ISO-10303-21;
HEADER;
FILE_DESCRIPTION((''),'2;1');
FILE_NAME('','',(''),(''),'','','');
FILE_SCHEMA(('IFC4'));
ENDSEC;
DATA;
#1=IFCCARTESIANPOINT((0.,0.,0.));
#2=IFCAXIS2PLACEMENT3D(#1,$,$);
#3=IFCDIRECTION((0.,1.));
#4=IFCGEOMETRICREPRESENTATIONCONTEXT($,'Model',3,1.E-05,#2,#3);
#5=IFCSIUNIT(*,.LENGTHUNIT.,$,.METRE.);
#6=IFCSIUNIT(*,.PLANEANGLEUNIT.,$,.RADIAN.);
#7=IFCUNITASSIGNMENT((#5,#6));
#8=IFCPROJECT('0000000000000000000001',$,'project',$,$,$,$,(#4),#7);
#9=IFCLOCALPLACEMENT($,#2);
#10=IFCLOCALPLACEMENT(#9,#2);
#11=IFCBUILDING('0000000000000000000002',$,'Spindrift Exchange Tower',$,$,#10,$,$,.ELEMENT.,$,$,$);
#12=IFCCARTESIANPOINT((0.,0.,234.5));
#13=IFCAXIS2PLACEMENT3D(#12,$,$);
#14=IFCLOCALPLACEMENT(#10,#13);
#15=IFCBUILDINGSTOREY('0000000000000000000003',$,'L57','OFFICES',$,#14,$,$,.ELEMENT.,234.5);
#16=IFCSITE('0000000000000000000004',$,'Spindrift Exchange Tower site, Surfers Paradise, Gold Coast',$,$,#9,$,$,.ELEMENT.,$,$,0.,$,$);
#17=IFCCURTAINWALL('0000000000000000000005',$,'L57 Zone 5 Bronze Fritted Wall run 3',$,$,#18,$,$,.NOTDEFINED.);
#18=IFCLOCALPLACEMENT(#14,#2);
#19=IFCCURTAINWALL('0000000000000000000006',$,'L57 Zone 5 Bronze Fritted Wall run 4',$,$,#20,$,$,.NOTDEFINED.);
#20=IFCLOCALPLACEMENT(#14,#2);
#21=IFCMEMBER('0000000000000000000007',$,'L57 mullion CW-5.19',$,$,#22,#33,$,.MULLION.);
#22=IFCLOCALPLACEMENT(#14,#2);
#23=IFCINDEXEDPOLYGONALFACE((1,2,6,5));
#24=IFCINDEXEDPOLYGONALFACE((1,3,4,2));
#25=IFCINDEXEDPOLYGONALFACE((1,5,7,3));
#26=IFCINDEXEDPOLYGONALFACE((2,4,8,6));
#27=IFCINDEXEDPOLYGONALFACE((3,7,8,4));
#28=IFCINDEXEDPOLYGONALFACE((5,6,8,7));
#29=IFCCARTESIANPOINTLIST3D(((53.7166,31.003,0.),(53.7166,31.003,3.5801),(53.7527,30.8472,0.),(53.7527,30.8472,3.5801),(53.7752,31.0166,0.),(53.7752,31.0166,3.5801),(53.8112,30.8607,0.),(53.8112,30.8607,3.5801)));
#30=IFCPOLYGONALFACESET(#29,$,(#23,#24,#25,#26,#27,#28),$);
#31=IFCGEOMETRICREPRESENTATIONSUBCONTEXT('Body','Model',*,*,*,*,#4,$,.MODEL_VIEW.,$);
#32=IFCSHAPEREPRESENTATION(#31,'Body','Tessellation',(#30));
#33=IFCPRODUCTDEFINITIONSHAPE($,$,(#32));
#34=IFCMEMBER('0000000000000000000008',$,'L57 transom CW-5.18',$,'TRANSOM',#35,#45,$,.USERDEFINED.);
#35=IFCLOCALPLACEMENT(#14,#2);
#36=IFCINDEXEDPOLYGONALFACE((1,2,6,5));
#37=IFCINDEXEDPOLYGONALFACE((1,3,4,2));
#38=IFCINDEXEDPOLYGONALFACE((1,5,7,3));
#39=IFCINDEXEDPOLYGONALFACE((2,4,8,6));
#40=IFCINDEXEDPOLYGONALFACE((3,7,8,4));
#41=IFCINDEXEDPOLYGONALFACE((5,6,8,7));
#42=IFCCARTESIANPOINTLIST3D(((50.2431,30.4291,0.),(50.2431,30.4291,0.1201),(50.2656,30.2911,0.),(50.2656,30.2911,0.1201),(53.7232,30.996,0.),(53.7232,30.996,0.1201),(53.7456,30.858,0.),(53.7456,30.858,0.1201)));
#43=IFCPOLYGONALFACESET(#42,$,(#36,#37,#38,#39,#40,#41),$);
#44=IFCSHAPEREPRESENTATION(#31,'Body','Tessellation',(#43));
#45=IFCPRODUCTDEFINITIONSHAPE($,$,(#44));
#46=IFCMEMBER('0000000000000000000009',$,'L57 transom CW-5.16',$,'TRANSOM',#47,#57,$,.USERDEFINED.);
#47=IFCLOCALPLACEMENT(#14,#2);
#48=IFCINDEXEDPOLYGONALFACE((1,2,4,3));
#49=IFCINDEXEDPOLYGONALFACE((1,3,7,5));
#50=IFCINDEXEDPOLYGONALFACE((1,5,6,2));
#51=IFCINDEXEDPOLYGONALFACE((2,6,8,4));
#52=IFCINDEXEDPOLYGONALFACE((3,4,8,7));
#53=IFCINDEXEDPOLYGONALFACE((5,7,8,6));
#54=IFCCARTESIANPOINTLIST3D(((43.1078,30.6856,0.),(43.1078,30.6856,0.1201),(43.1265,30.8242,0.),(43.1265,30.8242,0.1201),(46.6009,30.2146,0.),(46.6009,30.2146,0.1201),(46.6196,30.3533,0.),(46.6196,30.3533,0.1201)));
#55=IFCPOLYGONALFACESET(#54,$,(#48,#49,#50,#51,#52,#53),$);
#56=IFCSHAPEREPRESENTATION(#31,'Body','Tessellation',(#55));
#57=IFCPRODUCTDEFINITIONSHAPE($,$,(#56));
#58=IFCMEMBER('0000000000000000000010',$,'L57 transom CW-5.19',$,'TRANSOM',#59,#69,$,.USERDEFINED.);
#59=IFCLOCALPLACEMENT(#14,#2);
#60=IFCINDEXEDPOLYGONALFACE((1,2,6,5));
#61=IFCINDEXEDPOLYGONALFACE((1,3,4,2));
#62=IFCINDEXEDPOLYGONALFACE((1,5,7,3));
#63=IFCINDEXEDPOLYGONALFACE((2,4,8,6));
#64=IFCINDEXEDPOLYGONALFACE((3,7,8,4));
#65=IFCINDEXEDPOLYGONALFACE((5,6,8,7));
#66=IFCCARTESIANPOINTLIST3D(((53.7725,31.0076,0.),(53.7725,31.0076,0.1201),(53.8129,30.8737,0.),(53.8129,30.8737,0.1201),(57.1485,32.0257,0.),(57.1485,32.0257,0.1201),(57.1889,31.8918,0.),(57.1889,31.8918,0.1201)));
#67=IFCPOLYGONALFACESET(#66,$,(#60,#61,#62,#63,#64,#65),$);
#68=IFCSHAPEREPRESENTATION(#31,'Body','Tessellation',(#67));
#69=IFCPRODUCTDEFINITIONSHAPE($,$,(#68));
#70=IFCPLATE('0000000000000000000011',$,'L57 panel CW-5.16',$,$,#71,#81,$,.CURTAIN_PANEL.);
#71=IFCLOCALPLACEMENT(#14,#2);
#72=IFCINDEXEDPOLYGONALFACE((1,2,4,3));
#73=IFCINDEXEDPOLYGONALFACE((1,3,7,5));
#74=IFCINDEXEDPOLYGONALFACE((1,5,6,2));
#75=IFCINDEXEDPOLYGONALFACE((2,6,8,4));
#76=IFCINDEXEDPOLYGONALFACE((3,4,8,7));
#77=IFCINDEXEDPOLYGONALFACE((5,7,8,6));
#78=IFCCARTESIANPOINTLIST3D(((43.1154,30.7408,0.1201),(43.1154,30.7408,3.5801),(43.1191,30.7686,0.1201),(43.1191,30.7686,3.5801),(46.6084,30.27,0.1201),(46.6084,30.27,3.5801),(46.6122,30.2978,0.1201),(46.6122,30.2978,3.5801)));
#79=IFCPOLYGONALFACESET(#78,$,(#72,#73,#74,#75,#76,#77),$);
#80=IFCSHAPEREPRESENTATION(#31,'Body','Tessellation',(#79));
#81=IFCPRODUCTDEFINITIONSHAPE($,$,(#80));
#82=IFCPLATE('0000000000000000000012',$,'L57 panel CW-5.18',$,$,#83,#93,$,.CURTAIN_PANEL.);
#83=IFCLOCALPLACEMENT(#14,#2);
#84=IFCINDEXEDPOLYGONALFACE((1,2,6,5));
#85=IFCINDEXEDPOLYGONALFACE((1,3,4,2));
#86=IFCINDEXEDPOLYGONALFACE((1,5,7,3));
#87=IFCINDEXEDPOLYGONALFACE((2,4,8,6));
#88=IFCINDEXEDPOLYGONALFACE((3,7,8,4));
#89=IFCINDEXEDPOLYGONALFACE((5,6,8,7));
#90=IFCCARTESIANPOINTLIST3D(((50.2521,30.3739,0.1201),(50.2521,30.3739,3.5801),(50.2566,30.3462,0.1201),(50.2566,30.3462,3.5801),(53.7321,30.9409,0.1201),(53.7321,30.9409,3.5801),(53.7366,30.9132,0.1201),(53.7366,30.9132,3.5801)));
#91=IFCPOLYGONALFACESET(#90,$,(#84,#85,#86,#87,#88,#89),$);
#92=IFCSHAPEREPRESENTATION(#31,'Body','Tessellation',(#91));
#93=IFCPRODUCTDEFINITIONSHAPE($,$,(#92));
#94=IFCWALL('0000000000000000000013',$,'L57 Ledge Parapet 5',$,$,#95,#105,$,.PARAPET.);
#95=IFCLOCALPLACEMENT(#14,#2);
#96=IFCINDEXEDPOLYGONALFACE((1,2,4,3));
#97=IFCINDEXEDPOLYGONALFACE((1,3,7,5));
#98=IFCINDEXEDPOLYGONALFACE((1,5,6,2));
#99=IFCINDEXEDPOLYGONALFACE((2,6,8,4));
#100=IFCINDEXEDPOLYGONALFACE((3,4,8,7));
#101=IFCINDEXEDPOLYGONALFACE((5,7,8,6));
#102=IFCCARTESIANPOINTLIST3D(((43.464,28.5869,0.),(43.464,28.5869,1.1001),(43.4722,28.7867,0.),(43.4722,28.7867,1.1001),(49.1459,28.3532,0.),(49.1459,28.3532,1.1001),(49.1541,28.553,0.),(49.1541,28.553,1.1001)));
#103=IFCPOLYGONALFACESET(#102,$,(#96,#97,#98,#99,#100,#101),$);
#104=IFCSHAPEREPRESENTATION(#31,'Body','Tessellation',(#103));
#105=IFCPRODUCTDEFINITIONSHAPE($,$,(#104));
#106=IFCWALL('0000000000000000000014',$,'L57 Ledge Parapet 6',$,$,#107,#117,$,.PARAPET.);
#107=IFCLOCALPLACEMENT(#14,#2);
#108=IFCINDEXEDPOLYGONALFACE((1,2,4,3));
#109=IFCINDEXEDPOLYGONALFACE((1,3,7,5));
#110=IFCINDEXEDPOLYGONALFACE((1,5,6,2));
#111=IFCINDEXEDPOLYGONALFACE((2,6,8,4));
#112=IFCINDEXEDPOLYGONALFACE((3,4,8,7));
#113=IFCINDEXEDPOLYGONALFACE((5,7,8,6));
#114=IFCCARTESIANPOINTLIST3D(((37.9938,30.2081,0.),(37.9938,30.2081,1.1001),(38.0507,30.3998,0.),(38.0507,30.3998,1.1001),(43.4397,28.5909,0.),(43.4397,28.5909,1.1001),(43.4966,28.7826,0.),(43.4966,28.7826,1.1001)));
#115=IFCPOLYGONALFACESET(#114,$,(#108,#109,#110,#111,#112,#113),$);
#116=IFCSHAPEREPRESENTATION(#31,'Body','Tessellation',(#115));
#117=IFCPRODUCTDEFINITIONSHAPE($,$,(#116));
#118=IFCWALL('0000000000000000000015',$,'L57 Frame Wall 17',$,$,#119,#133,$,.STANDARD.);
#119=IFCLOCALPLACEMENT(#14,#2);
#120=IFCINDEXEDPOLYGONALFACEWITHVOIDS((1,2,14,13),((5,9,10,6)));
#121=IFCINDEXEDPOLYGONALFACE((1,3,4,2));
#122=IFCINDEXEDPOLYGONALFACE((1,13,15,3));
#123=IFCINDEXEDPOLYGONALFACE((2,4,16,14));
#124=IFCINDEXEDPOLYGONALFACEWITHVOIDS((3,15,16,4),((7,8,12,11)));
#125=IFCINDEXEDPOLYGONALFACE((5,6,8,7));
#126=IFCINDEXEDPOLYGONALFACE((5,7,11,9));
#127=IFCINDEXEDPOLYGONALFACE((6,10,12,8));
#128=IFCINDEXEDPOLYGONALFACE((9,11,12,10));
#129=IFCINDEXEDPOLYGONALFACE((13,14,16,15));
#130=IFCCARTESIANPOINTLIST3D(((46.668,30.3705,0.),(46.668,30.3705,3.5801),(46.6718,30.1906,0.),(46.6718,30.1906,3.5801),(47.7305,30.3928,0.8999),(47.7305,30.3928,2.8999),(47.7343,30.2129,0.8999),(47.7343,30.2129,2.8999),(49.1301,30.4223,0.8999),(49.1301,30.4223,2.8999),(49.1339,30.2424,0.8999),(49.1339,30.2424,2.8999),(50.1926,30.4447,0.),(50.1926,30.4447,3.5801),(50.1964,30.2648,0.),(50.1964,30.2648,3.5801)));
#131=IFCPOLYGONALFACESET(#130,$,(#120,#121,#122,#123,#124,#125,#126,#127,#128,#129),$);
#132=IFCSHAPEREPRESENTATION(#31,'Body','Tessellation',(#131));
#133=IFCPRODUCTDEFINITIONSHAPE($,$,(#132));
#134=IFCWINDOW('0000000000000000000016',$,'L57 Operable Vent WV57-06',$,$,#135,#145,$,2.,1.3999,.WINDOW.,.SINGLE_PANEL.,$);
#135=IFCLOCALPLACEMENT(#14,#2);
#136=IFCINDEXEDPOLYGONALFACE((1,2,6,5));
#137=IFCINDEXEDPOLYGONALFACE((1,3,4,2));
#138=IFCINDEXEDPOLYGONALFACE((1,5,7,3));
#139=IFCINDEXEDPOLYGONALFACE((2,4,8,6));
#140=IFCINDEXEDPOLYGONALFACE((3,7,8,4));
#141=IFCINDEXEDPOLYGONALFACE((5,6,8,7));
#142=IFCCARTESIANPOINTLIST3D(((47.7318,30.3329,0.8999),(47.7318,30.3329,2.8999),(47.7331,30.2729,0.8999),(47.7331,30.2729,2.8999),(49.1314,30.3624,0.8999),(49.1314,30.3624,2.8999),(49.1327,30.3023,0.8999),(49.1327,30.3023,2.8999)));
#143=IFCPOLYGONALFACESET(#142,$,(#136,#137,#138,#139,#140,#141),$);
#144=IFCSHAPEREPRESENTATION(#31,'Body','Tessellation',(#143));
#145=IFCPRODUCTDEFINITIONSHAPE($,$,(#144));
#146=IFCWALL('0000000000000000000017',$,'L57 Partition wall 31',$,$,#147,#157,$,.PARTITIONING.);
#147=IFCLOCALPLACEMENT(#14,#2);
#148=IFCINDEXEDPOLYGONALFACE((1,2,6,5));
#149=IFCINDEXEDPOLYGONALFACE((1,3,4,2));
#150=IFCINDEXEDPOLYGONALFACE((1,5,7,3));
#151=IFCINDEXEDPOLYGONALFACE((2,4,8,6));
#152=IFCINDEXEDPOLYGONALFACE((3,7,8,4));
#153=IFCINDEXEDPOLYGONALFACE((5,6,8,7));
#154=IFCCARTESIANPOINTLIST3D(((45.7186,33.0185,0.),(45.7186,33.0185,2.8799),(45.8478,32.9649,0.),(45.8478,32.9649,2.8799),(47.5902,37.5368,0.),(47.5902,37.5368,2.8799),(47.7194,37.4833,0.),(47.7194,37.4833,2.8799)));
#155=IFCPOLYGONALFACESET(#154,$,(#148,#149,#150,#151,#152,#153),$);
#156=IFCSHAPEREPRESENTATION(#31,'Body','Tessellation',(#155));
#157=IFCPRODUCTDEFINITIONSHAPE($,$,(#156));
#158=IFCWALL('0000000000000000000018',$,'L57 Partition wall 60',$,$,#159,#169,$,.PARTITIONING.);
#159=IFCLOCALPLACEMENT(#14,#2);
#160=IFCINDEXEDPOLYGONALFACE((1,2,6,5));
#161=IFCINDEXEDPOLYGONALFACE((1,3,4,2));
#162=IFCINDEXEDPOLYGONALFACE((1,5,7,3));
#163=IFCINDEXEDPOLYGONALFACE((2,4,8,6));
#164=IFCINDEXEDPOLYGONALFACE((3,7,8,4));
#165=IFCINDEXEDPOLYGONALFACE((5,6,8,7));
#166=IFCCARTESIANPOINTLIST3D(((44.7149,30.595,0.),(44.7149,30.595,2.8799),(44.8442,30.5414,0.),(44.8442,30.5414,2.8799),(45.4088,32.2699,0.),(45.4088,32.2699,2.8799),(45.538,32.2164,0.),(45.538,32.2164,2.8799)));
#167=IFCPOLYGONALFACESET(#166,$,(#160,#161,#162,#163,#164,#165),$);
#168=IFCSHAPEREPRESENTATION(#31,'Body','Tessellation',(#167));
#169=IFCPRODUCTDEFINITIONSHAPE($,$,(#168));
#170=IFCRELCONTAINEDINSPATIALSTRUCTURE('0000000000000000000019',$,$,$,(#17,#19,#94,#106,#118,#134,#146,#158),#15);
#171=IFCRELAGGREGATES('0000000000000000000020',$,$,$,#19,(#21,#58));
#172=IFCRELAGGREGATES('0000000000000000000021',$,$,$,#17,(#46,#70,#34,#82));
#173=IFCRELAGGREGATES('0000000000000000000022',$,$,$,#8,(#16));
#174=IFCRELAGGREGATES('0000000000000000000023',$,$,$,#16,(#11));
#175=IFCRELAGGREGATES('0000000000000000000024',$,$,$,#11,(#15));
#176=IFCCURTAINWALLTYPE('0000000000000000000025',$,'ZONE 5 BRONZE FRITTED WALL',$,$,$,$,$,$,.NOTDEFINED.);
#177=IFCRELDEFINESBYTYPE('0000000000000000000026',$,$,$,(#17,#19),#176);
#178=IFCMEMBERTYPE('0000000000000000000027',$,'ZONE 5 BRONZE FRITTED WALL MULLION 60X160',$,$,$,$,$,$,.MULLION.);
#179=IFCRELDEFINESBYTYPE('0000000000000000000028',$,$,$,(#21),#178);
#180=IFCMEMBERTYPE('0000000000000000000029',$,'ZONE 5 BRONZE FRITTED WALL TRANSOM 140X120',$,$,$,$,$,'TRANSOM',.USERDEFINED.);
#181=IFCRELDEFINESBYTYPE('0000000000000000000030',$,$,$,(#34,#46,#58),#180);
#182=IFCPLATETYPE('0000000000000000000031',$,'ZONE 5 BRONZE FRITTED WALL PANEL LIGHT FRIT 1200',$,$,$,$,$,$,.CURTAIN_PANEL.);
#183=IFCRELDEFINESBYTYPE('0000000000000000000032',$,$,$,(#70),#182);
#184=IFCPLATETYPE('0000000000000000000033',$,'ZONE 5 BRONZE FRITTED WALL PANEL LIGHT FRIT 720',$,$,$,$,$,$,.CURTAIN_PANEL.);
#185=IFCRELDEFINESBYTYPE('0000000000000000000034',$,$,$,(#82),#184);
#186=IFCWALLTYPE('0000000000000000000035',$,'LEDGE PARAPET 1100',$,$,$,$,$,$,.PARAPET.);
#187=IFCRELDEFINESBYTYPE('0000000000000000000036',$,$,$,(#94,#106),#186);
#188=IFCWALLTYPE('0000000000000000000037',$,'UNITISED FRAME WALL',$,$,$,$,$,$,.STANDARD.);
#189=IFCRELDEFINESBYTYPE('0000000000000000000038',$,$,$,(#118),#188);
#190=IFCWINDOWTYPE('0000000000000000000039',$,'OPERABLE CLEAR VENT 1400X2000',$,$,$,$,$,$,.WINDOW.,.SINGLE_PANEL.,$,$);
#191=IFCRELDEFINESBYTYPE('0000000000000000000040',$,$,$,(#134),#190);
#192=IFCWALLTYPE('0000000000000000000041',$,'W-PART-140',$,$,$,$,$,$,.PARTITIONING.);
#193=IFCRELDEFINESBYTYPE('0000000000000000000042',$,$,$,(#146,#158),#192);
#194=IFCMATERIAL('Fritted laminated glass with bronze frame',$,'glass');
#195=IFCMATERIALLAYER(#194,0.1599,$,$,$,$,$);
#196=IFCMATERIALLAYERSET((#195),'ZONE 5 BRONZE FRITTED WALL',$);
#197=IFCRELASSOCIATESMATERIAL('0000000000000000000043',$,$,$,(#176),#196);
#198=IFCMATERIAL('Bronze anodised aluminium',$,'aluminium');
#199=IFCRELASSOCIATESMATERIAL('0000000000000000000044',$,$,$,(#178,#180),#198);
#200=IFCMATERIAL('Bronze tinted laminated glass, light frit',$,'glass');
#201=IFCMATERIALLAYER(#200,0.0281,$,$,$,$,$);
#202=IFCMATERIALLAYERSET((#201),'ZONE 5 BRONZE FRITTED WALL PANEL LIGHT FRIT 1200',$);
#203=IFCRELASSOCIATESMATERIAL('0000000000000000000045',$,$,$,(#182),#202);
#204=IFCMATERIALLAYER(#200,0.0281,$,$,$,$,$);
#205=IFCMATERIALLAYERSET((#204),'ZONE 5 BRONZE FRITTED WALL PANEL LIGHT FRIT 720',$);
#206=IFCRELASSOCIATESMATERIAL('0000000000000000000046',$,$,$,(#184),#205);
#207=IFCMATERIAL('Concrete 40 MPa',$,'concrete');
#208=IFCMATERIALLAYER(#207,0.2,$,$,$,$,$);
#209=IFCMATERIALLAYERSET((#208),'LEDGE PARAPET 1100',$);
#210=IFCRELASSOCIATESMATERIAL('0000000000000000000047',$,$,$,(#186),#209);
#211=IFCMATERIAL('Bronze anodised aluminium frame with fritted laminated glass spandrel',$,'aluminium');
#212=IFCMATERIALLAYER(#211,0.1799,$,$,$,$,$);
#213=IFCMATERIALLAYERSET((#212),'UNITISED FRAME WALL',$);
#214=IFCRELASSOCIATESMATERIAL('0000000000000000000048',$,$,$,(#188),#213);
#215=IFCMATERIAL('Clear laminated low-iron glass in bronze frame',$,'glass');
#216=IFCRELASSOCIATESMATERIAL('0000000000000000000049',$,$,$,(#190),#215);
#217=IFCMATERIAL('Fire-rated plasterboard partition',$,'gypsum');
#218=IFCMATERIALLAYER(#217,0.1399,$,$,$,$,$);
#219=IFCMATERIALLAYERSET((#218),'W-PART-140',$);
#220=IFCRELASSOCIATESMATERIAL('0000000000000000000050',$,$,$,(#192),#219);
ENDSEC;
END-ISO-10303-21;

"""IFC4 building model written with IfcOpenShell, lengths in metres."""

from ifc_helpers import new_model, si_unit, direction, frame, frame_2d, origin, origin_2d, place, context, subcontext, project, spatial, rectangle, extrude, source, transform, mapped, material, layer, layer_set, material_profile, profile_set, type_object, element, fill, aggregate, save


model = new_model("IFC4")

# Units and contexts
model_context = context("Model", 3, precision=1e-05, world=origin(), true_north=direction((0.0, 1.0)))
body_context = subcontext(model_context, "Body", "Model", "MODEL_VIEW")
ifc_project = project(units=[si_unit("LENGTHUNIT", "METRE"), si_unit("PLANEANGLEUNIT", "RADIAN")], contexts=[model_context])

# Site, building, storey
site_placement = place(None, origin())
site = spatial("IfcSite", under=ifc_project, at=site_placement, Name="Spindrift Exchange Tower site, Surfers Paradise, Gold Coast", CompositionType="ELEMENT", RefElevation=0.0)
building_placement = place(site_placement, origin())
building = spatial("IfcBuilding", under=site, at=building_placement, Name="Spindrift Exchange Tower", CompositionType="ELEMENT")
storey_placement = place(building_placement, frame((0.0, 0.0, 234.5)))
storey = spatial("IfcBuildingStorey", under=building, at=storey_placement, Name="L57", Description="OFFICES", CompositionType="ELEMENT", Elevation=234.5)

# Shared definitions
ifc_material_1 = material(Name="Concrete 40 MPa", Category="concrete")

# Curtain wall
ifc_material_2 = material(Name="Fritted laminated glass with bronze frame", Category="glass")
ifc_layer_1 = layer(ifc_material_2, 0.1599)
ifc_layer_set_1 = layer_set([ifc_layer_1], Name="ZONE 5 BRONZE FRITTED WALL")
curtain_wall_type = type_object("IfcCurtainWallType", Name="ZONE 5 BRONZE FRITTED WALL", PredefinedType="NOTDEFINED", material=ifc_layer_set_1)
curtain_wall_1_placement = place(storey_placement, origin())
curtain_wall_1 = element("IfcCurtainWall", 1, at=curtain_wall_1_placement, inside=storey, type_object=curtain_wall_type, Name="L57 Zone 5 Bronze Fritted Wall run 3", PredefinedType="NOTDEFINED")
ifc_material_3 = material(Name="Bronze anodised aluminium", Category="aluminium")
ifc_material_profile_1 = material_profile(ifc_material_3, rectangle(XDim=0.0601, YDim=0.1599, at=origin_2d()), Name="ZONE 5 BRONZE FRITTED WALL MULLION 60X160")
ifc_profile_set_1 = profile_set([ifc_material_profile_1], Name="Bronze anodised aluminium")
member_type_1 = type_object("IfcMemberType", Name="ZONE 5 BRONZE FRITTED WALL MULLION 60X160", PredefinedType="MULLION", material=ifc_profile_set_1)
shared_shape_1 = source(origin(), body_context, "Body", "SweptSolid", [
    extrude(rectangle(XDim=0.0601, YDim=0.1599, at=origin_2d()), origin(), (0.0, 0.0, 1.0), 3.5801),
])

# Curtain wall, member
curtain_wall_2_placement = place(storey_placement, origin())
curtain_wall_2 = element("IfcCurtainWall", 2, at=curtain_wall_2_placement, inside=storey, type_object=curtain_wall_type, Name="L57 Zone 5 Bronze Fritted Wall run 4", PredefinedType="NOTDEFINED")
member_1_placement = place(storey_placement, frame((53.7639, 30.9319, 0.0), z_axis=(0.0, 0.0, 1.0), x_axis=(0.9743, 0.225254, 0.0)))
member_1 = element("IfcMember", 3, at=member_1_placement, type_object=member_type_1, Name="L57 mullion CW-5.19", PredefinedType="MULLION", context=body_context, shape_type="MappedRepresentation", body=[
    mapped(shared_shape_1, transform((0.0, 0.0, 0.0), scale=1.0)),
])

# Members
ifc_material_profile_2 = material_profile(ifc_material_3, rectangle(XDim=0.1399, YDim=0.1201, at=origin_2d()), Name="ZONE 5 BRONZE FRITTED WALL TRANSOM 140X120")
ifc_profile_set_2 = profile_set([ifc_material_profile_2], Name="Bronze anodised aluminium")
member_type_2 = type_object("IfcMemberType", Name="ZONE 5 BRONZE FRITTED WALL TRANSOM 140X120", ElementType="TRANSOM", PredefinedType="USERDEFINED", material=ifc_profile_set_2)
shared_shape_2 = source(origin(), body_context, "Body", "SweptSolid", [
    extrude(rectangle(XDim=0.1399, YDim=0.1201, at=origin_2d()), origin(), (0.0, 0.0, 1.0), 3.5259),
])
member_2_placement = place(storey_placement, frame((50.2544, 30.3601, 0.0601), z_axis=(0.98699, 0.160782, 0.0), x_axis=(-0.160782, 0.98699, 0.0)))
member_2 = element("IfcMember", 4, at=member_2_placement, type_object=member_type_2, Name="L57 transom CW-5.18", ObjectType="TRANSOM", PredefinedType="USERDEFINED", context=body_context, shape_type="MappedRepresentation", body=[
    mapped(shared_shape_2, transform((0.0, 0.0, 0.0), scale=1.0)),
])
shared_shape_3 = source(origin(), body_context, "Body", "SweptSolid", [
    extrude(rectangle(XDim=0.1399, YDim=0.1201, at=origin_2d()), origin(), (0.0, 0.0, 1.0), 3.5247),
])
member_3_placement = place(storey_placement, frame((43.1172, 30.7549, 0.0601), z_axis=(0.991034, -0.133611, 0.0), x_axis=(0.133611, 0.991034, 0.0)))
member_3 = element("IfcMember", 5, at=member_3_placement, type_object=member_type_2, Name="L57 transom CW-5.16", ObjectType="TRANSOM", PredefinedType="USERDEFINED", context=body_context, shape_type="MappedRepresentation", body=[
    mapped(shared_shape_3, transform((0.0, 0.0, 0.0), scale=1.0)),
])
shared_shape_4 = source(origin(), body_context, "Body", "SweptSolid", [
    extrude(rectangle(XDim=0.1399, YDim=0.1201, at=origin_2d()), origin(), (0.0, 0.0, 1.0), 3.5261),
])
member_4_placement = place(storey_placement, frame((53.7927, 30.9407, 0.0601), z_axis=(0.957414, 0.28872, 0.0), x_axis=(-0.28872, 0.957414, 0.0)))
member_4 = element("IfcMember", 6, at=member_4_placement, type_object=member_type_2, Name="L57 transom CW-5.19", ObjectType="TRANSOM", PredefinedType="USERDEFINED", context=body_context, shape_type="MappedRepresentation", body=[
    mapped(shared_shape_4, transform((0.0, 0.0, 0.0), scale=1.0)),
])
aggregate(curtain_wall_2, [member_1, member_4])

# Plates
ifc_material_4 = material(Name="Bronze tinted laminated glass, light frit", Category="glass")
ifc_layer_2 = layer(ifc_material_4, 0.0281)
ifc_layer_set_2 = layer_set([ifc_layer_2], Name="ZONE 5 BRONZE FRITTED WALL PANEL LIGHT FRIT 1200")
plate_type_1 = type_object("IfcPlateType", Name="ZONE 5 BRONZE FRITTED WALL PANEL LIGHT FRIT 1200", PredefinedType="CURTAIN_PANEL", material=ifc_layer_set_2)
shared_shape_5 = source(origin(), body_context, "Body", "SweptSolid", [
    extrude(rectangle(XDim=3.5247, YDim=0.0281, at=origin_2d()), origin(), (0.0, 0.0, 1.0), 3.46),
])
plate_1_placement = place(storey_placement, frame((44.8638, 30.5193, 0.1201), z_axis=(0.0, 0.0, 1.0), x_axis=(0.99104, -0.133568, 0.0)))
plate_1 = element("IfcPlate", 7, at=plate_1_placement, type_object=plate_type_1, Name="L57 panel CW-5.16", PredefinedType="CURTAIN_PANEL", context=body_context, shape_type="MappedRepresentation", body=[
    mapped(shared_shape_5, transform((0.0, 0.0, 0.0), scale=1.0)),
])
ifc_layer_3 = layer(ifc_material_4, 0.0281)
ifc_layer_set_3 = layer_set([ifc_layer_3], Name="ZONE 5 BRONZE FRITTED WALL PANEL LIGHT FRIT 720")
plate_type_2 = type_object("IfcPlateType", Name="ZONE 5 BRONZE FRITTED WALL PANEL LIGHT FRIT 720", PredefinedType="CURTAIN_PANEL", material=ifc_layer_set_3)
shared_shape_6 = source(origin(), body_context, "Body", "SweptSolid", [
    extrude(rectangle(XDim=3.5259, YDim=0.0281, at=origin_2d()), origin(), (0.0, 0.0, 1.0), 3.46),
])
plate_2_placement = place(storey_placement, frame((51.9944, 30.6436, 0.1201), z_axis=(0.0, 0.0, 1.0), x_axis=(0.986988, 0.160794, 0.0)))
plate_2 = element("IfcPlate", 8, at=plate_2_placement, type_object=plate_type_2, Name="L57 panel CW-5.18", PredefinedType="CURTAIN_PANEL", context=body_context, shape_type="MappedRepresentation", body=[
    mapped(shared_shape_6, transform((0.0, 0.0, 0.0), scale=1.0)),
])
aggregate(curtain_wall_1, [member_3, plate_1, member_2, plate_2])

# Walls
ifc_layer_4 = layer(ifc_material_1, 0.2)
ifc_layer_set_4 = layer_set([ifc_layer_4], Name="LEDGE PARAPET 1100")
wall_type_1 = type_object("IfcWallType", Name="LEDGE PARAPET 1100", PredefinedType="PARAPET", material=ifc_layer_set_4)
wall_1_placement = place(storey_placement, frame((49.1499, 28.4531, 0.0), z_axis=(0.0, 0.0, 1.0), x_axis=(-0.999156, 0.041086, 0.0)))
element("IfcWall", 9, at=wall_1_placement, inside=storey, type_object=wall_type_1, Name="L57 Ledge Parapet 5", PredefinedType="PARAPET", context=body_context, shape_type="SweptSolid", body=[
    extrude(rectangle(XDim=5.6868, YDim=0.2, at=frame_2d((2.8433, 0.0))), origin(), (0.0, 0.0, 1.0), 1.1001),
])
wall_2_placement = place(storey_placement, frame((43.468, 28.6868, 0.0), z_axis=(0.0, 0.0, 1.0), x_axis=(-0.958625, 0.284674, 0.0)))
element("IfcWall", 10, at=wall_2_placement, inside=storey, type_object=wall_type_1, Name="L57 Ledge Parapet 6", PredefinedType="PARAPET", context=body_context, shape_type="SweptSolid", body=[
    extrude(rectangle(XDim=5.6809, YDim=0.2, at=frame_2d((2.8403, 0.0))), origin(), (0.0, 0.0, 1.0), 1.1001),
])

# Wall, opening, window
ifc_material_5 = material(Name="Bronze anodised aluminium frame with fritted laminated glass spandrel", Category="aluminium")
ifc_layer_5 = layer(ifc_material_5, 0.1799)
ifc_layer_set_5 = layer_set([ifc_layer_5], Name="UNITISED FRAME WALL")
wall_type_2 = type_object("IfcWallType", Name="UNITISED FRAME WALL", PredefinedType="STANDARD", material=ifc_layer_set_5)
wall_3_placement = place(storey_placement, frame((46.6699, 30.2805, 0.0), z_axis=(0.0, 0.0, 1.0), x_axis=(0.999778, 0.021052, 0.0)))
wall_3 = element("IfcWall", 11, at=wall_3_placement, inside=storey, type_object=wall_type_2, Name="L57 Frame Wall 17", PredefinedType="STANDARD", context=body_context, shape_type="SweptSolid", body=[
    extrude(rectangle(XDim=3.5254, YDim=0.1799, at=frame_2d((1.7627, 0.0))), origin(), (0.0, 0.0, 1.0), 3.5801),
])
opening_placement = place(wall_3_placement, frame((1.0627, 0.0, 0.8999)))
opening = element("IfcOpeningElement", 12, at=opening_placement, cuts=wall_3, PredefinedType="OPENING", context=body_context, shape_type="SweptSolid", body=[
    extrude(rectangle(XDim=1.3999, YDim=2.0, at=frame_2d((0.7, 1.0))), frame((0.0, 0.0999, 0.0), z_axis=(0.0, -1.0, 0.0), x_axis=(1.0, 0.0, 0.0)), (0.0, 0.0, 1.0), 0.2),
])
ifc_material_6 = material(Name="Clear laminated low-iron glass in bronze frame", Category="glass")
window_type = type_object("IfcWindowType", Name="OPERABLE CLEAR VENT 1400X2000", PartitioningType="SINGLE_PANEL", PredefinedType="WINDOW", material=ifc_material_6)
shared_shape_7 = source(origin(), body_context, "Body", "SweptSolid", [
    extrude(rectangle(XDim=1.3999, YDim=2.0, at=frame_2d((0.7, 1.0))), frame((0.0, 0.03, 0.0), z_axis=(0.0, -1.0, 0.0), x_axis=(1.0, 0.0, 0.0)), (0.0, 0.0, 1.0), 0.0601),
])
window_placement = place(opening_placement, origin())
window = element("IfcWindow", 13, at=window_placement, inside=storey, type_object=window_type, Name="L57 Operable Vent WV57-06", OverallHeight=2.0, OverallWidth=1.3999, PartitioningType="SINGLE_PANEL", PredefinedType="WINDOW", context=body_context, shape_type="MappedRepresentation", body=[
    mapped(shared_shape_7, transform((0.0, 0.0, 0.0), scale=1.0)),
])
fill(opening, window)

# Walls
ifc_material_7 = material(Name="Fire-rated plasterboard partition", Category="gypsum")
ifc_layer_6 = layer(ifc_material_7, 0.1399)
ifc_layer_set_6 = layer_set([ifc_layer_6], Name="W-PART-140")
wall_type_3 = type_object("IfcWallType", Name="W-PART-140", PredefinedType="PARTITIONING", material=ifc_layer_set_6)
wall_4_placement = place(storey_placement, frame((45.7832, 32.9917, 0.0), z_axis=(0.0, 0.0, 1.0), x_axis=(0.38269, 0.923877, 0.0)))
element("IfcWall", 14, at=wall_4_placement, inside=storey, type_object=wall_type_3, Name="L57 Partition wall 31", PredefinedType="PARTITIONING", context=body_context, shape_type="SweptSolid", body=[
    extrude(rectangle(XDim=4.8906, YDim=0.1399, at=frame_2d((2.4453, 0.0))), origin(), (0.0, 0.0, 1.0), 2.8799),
])
wall_5_placement = place(storey_placement, frame((45.4734, 32.2432, 0.0), z_axis=(0.0, 0.0, 1.0), x_axis=(-0.382693, -0.923876, 0.0)))
element("IfcWall", 15, at=wall_5_placement, inside=storey, type_object=wall_type_3, Name="L57 Partition wall 60", PredefinedType="PARTITIONING", context=body_context, shape_type="SweptSolid", body=[
    extrude(rectangle(XDim=1.813, YDim=0.1399, at=frame_2d((0.9065, 0.0))), origin(), (0.0, 0.0, 1.0), 2.8799),
])

save(model, "model.ifc")
